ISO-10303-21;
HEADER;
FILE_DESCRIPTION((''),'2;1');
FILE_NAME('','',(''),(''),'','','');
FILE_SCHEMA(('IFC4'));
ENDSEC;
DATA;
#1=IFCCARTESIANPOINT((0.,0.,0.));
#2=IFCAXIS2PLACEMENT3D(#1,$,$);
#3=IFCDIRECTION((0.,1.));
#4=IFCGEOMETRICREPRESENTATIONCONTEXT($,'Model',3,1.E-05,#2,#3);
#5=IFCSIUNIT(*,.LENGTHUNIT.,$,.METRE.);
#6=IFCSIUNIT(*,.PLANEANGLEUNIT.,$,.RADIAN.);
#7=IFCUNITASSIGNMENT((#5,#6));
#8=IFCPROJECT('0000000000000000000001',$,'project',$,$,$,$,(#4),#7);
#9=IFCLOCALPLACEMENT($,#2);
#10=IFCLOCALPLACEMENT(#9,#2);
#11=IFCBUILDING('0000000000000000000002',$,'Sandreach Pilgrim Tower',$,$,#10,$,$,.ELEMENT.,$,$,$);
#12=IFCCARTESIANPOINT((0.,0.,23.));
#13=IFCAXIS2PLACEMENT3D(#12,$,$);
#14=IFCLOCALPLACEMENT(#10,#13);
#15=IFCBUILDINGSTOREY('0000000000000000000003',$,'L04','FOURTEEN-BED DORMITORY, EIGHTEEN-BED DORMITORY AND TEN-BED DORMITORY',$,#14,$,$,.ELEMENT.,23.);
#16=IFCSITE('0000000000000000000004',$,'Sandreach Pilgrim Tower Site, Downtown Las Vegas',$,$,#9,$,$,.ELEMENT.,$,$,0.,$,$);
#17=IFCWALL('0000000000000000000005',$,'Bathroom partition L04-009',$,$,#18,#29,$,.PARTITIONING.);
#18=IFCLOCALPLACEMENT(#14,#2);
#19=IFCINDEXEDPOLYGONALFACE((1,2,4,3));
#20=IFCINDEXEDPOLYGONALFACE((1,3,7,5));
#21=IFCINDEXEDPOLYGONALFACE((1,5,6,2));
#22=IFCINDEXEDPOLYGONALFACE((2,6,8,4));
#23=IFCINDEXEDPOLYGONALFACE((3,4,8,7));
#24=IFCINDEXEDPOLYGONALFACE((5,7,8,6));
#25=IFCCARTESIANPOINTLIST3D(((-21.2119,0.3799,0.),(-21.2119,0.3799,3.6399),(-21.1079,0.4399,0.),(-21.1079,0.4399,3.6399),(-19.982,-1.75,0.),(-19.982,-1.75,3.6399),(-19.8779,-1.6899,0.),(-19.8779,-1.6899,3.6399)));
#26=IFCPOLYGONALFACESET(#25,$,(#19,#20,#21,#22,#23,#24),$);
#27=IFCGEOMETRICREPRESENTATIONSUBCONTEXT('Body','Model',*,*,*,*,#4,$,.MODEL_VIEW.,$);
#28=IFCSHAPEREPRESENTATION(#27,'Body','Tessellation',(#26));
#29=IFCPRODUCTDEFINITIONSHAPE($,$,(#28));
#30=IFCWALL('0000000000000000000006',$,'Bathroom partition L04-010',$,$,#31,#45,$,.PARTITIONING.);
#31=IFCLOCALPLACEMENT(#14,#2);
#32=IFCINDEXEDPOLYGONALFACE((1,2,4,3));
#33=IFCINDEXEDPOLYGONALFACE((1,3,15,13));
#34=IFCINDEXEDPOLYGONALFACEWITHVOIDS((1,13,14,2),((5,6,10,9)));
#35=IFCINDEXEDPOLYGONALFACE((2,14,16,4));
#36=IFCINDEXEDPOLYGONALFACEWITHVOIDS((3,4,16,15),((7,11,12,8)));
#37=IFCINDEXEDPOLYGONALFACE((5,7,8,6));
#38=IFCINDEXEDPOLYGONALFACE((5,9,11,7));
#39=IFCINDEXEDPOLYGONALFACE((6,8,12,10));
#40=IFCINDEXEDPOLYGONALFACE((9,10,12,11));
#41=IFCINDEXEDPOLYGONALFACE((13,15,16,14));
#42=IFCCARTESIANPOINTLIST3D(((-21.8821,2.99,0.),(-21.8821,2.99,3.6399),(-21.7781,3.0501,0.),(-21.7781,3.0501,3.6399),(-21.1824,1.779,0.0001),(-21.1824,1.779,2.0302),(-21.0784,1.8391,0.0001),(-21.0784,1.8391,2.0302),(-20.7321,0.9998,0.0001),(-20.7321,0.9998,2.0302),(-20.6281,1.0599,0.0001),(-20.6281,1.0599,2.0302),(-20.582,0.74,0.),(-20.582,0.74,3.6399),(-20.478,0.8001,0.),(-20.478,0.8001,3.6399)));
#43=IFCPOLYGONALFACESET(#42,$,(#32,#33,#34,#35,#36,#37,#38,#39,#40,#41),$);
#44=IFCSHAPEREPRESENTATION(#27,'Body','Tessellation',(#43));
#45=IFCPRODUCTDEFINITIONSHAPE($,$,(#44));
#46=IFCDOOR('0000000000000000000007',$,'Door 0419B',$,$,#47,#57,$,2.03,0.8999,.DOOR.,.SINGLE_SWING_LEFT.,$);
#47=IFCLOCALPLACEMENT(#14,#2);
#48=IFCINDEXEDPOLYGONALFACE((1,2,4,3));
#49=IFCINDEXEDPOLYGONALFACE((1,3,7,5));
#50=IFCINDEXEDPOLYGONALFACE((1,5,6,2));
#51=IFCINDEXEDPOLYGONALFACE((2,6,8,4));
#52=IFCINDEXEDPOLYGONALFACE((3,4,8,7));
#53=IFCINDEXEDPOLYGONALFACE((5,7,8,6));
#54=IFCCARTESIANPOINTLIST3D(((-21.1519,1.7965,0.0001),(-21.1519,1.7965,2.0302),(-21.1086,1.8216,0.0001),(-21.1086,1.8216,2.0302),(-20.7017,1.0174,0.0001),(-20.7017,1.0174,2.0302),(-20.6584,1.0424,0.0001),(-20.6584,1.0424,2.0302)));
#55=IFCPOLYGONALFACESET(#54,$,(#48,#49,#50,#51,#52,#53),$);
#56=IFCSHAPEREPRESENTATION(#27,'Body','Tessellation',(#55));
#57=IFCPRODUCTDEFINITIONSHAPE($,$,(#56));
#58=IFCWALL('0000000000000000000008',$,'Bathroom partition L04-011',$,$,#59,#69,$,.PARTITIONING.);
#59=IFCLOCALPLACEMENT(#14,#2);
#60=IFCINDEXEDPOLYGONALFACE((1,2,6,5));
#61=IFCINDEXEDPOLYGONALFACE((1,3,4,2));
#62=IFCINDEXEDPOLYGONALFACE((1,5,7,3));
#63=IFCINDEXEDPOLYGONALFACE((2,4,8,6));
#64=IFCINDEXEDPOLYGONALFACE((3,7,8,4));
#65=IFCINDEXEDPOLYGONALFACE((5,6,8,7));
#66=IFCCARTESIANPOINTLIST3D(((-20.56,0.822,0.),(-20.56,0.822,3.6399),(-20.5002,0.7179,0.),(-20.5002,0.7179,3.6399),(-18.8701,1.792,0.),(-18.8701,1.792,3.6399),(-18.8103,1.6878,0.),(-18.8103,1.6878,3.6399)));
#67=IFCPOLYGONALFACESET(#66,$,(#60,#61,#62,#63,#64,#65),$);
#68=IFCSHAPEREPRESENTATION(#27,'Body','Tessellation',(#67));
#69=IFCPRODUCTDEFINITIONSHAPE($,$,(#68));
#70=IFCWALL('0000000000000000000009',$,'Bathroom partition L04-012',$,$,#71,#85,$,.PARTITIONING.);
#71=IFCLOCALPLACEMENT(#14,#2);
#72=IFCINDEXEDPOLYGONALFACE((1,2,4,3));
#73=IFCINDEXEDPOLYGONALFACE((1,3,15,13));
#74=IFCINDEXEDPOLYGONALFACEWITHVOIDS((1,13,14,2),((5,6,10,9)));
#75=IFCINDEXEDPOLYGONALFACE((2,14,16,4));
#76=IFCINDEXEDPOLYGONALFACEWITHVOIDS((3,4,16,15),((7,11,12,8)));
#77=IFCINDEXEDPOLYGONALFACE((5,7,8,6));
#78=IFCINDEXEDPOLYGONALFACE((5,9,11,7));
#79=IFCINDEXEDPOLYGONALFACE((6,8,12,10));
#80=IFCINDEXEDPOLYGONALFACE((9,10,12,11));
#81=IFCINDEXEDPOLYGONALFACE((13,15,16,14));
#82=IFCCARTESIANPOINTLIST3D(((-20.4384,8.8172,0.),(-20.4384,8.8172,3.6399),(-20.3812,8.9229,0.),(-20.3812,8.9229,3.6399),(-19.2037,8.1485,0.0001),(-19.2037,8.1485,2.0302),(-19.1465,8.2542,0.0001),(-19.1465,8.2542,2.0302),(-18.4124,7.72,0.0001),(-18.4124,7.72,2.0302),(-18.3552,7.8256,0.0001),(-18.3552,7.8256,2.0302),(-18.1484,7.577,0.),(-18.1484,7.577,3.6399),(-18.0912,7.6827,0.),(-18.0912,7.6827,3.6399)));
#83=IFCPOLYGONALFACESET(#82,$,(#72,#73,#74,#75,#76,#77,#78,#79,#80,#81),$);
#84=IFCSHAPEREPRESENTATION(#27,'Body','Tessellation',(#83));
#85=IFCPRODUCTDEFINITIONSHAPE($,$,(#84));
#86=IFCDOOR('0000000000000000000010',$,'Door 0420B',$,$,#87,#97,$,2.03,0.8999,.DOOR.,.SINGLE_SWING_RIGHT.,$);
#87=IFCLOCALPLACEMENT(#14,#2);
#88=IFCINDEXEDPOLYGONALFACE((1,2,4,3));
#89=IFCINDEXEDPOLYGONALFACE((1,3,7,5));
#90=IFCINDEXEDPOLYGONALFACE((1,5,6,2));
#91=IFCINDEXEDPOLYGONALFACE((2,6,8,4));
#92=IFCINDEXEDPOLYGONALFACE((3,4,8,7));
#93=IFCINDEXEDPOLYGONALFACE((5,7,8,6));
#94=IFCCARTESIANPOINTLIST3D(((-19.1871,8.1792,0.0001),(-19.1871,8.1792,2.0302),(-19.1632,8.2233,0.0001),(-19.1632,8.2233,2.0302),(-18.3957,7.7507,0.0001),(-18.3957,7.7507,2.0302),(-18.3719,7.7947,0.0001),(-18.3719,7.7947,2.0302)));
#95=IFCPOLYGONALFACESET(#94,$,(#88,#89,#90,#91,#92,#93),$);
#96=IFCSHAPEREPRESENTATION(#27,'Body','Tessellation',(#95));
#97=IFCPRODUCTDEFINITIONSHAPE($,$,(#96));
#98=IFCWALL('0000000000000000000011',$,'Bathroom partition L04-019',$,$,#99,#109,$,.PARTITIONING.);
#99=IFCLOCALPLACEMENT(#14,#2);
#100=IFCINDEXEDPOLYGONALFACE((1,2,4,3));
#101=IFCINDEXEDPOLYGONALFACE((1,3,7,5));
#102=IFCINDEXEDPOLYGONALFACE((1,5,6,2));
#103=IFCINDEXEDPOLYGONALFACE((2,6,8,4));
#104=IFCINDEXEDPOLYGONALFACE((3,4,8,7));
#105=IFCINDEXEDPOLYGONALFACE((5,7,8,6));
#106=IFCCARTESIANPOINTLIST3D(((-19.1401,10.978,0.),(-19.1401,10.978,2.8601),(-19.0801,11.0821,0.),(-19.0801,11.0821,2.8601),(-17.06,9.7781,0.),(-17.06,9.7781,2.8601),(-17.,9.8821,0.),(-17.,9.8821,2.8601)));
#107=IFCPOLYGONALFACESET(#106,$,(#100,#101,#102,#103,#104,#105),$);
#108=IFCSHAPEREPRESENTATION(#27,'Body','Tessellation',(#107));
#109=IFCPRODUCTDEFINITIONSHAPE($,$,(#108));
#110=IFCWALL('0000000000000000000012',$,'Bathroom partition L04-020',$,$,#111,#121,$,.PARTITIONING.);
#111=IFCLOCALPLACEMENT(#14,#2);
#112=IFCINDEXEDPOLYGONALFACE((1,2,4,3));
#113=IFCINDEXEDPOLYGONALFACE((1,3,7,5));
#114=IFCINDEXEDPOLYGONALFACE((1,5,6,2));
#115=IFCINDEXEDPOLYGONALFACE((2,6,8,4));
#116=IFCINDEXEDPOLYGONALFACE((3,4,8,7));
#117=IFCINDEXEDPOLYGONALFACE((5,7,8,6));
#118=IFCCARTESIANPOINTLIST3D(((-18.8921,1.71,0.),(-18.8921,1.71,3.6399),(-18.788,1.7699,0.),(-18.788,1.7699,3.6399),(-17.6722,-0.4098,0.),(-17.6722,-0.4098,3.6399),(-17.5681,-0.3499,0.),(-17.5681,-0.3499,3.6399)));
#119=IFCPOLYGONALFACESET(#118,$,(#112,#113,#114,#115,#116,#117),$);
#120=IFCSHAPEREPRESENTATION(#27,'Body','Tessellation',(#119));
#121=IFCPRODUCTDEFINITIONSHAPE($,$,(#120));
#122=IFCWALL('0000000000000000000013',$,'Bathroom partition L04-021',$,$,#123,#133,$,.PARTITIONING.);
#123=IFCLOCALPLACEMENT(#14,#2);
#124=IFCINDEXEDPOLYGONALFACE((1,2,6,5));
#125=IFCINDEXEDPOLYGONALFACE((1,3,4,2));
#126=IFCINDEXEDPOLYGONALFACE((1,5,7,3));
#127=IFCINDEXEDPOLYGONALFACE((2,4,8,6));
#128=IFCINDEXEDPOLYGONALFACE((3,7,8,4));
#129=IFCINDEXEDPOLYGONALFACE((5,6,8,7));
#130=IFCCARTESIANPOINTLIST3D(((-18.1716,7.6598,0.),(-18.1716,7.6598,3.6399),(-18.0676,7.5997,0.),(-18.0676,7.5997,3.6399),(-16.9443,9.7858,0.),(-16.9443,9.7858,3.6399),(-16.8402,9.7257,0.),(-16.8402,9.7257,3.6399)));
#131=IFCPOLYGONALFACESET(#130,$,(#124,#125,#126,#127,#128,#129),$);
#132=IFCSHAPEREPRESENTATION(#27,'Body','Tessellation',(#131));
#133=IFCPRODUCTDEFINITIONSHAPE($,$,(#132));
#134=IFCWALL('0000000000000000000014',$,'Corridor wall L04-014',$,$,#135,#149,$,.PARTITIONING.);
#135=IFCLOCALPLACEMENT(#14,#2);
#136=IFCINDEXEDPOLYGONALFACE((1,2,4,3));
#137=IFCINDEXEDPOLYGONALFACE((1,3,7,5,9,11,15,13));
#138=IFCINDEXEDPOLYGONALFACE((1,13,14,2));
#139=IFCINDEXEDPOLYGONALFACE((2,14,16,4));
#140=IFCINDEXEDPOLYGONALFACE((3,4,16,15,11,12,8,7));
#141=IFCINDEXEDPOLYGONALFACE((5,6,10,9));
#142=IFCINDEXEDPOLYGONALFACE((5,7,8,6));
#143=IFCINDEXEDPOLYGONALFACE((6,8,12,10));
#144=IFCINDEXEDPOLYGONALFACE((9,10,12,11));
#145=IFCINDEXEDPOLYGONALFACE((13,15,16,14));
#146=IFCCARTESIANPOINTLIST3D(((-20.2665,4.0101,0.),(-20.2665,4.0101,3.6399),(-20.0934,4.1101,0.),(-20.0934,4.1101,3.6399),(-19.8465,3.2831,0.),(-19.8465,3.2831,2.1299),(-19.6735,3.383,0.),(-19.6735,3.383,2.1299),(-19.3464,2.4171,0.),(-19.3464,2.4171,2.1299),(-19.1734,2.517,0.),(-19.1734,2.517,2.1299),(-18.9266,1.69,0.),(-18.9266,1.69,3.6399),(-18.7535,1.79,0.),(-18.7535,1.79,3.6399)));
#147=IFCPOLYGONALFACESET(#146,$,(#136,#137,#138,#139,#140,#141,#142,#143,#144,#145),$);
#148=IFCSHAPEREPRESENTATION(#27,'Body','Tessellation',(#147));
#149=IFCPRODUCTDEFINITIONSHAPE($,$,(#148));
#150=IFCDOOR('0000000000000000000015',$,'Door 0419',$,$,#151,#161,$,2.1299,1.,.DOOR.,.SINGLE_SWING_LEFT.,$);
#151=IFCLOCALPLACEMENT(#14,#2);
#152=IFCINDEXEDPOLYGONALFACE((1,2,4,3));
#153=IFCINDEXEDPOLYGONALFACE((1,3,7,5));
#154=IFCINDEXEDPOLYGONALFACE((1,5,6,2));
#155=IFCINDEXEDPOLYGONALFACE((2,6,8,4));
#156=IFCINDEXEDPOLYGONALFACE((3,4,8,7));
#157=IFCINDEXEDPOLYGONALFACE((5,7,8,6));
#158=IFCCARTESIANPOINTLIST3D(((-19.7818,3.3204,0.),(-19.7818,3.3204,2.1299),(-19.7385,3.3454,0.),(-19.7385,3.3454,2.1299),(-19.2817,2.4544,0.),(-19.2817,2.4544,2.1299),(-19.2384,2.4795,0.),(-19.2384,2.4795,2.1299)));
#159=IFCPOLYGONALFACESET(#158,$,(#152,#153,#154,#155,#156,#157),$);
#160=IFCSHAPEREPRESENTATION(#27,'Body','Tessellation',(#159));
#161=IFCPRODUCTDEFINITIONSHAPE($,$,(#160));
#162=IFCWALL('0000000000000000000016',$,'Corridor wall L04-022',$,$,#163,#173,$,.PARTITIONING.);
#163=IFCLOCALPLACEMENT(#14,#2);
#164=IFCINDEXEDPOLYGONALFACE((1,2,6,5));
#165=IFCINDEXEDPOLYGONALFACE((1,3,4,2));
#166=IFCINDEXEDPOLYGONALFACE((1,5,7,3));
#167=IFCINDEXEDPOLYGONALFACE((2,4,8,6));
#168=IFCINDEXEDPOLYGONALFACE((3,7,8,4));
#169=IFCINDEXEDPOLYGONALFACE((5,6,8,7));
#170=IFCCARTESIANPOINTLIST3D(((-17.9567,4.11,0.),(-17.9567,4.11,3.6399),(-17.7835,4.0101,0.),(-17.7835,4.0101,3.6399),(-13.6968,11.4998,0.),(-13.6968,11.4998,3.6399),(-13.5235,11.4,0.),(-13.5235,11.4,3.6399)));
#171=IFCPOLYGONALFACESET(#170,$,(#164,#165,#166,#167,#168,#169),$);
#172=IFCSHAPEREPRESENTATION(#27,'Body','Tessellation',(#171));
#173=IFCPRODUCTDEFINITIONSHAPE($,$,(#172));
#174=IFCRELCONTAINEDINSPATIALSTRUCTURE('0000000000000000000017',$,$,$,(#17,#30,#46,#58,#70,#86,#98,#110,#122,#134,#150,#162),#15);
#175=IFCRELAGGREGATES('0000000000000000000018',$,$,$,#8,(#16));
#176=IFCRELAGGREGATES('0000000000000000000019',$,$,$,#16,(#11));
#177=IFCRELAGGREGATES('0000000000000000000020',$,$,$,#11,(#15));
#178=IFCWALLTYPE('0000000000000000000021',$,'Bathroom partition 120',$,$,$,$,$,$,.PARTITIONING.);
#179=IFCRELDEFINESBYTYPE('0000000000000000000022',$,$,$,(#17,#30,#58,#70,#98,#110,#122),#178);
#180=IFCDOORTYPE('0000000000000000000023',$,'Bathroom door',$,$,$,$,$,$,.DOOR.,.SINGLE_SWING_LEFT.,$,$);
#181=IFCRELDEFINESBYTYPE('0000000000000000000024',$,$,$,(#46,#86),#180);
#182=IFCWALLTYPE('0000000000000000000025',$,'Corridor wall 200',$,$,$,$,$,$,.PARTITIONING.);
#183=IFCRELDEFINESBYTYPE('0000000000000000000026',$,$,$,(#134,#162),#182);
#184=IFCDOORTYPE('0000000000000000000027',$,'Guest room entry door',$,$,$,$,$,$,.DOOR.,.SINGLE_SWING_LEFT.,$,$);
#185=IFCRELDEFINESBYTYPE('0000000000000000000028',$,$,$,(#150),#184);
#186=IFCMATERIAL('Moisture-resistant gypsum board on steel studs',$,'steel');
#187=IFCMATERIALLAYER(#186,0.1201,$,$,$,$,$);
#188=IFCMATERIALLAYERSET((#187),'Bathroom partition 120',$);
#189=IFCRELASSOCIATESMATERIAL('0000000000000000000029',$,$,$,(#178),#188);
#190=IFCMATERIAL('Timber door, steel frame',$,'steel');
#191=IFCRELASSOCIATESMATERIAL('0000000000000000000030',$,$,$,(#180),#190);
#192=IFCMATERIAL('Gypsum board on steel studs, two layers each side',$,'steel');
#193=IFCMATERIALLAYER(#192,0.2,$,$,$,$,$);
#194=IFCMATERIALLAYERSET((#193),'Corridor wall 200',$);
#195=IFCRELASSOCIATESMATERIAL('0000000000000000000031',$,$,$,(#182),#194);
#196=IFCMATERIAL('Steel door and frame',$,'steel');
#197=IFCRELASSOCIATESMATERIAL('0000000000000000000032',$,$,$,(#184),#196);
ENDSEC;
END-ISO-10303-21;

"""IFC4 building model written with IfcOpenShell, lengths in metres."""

from ifc_helpers import new_model, si_unit, direction, frame, frame_2d, origin, place, context, subcontext, project, spatial, rectangle, extrude, material, layer, layer_set, type_object, element, fill, save


model = new_model("IFC4")

# Units and contexts
model_context = context("Model", 3, precision=1e-05, world=origin(), true_north=direction((0.0, 1.0)))
body_context = subcontext(model_context, "Body", "Model", "MODEL_VIEW")
ifc_project = project(units=[si_unit("LENGTHUNIT", "METRE"), si_unit("PLANEANGLEUNIT", "RADIAN")], contexts=[model_context])

# Site, building, storey
site_placement = place(None, origin())
site = spatial("IfcSite", under=ifc_project, at=site_placement, Name="Sandreach Pilgrim Tower Site, Downtown Las Vegas", CompositionType="ELEMENT", RefElevation=0.0)
building_placement = place(site_placement, origin())
building = spatial("IfcBuilding", under=site, at=building_placement, Name="Sandreach Pilgrim Tower", CompositionType="ELEMENT")
storey_placement = place(building_placement, frame((0.0, 0.0, 23.0)))
storey = spatial("IfcBuildingStorey", under=building, at=storey_placement, Name="L04", Description="FOURTEEN-BED DORMITORY, EIGHTEEN-BED DORMITORY AND TEN-BED DORMITORY", CompositionType="ELEMENT", Elevation=23.0)

# Wall
ifc_material_1 = material(Name="Moisture-resistant gypsum board on steel studs", Category="steel")
ifc_layer_1 = layer(ifc_material_1, 0.1201)
ifc_layer_set_1 = layer_set([ifc_layer_1], Name="Bathroom partition 120")
wall_type_1 = type_object("IfcWallType", Name="Bathroom partition 120", PredefinedType="PARTITIONING", material=ifc_layer_set_1)
wall_1_placement = place(storey_placement, frame((-21.1599, 0.4099, 0.0), z_axis=(0.0, 0.0, 1.0), x_axis=(0.500089, -0.865974, 0.0)))
element("IfcWall", 1, at=wall_1_placement, inside=storey, type_object=wall_type_1, Name="Bathroom partition L04-009", PredefinedType="PARTITIONING", context=body_context, shape_type="SweptSolid", body=[
    extrude(rectangle(XDim=2.4595, YDim=0.1201, at=frame_2d((1.2297, 0.0))), origin(), (0.0, 0.0, 1.0), 3.6399),
])

# Wall, opening, door
wall_2_placement = place(storey_placement, frame((-20.53, 0.77, 0.0), z_axis=(0.0, 0.0, 1.0), x_axis=(-0.500292, 0.865857, 0.0)))
wall_2 = element("IfcWall", 2, at=wall_2_placement, inside=storey, type_object=wall_type_1, Name="Bathroom partition L04-010", PredefinedType="PARTITIONING", context=body_context, shape_type="SweptSolid", body=[
    extrude(rectangle(XDim=2.5986, YDim=0.1201, at=frame_2d((1.2993, 0.0))), origin(), (0.0, 0.0, 1.0), 3.6399),
])
opening_1_placement = place(wall_2_placement, frame((0.3, 0.0, 0.0)))
opening_1 = element("IfcOpeningElement", 3, at=opening_1_placement, cuts=wall_2, PredefinedType="OPENING", context=body_context, shape_type="SweptSolid", body=[
    extrude(rectangle(XDim=0.8999, YDim=2.03, at=frame_2d((0.45, 1.0151))), frame((0.0, 0.0601, 0.0), z_axis=(0.0, -1.0, 0.0), x_axis=(1.0, 0.0, 0.0)), (0.0, 0.0, 1.0), 0.1201),
])
ifc_material_2 = material(Name="Timber door, steel frame", Category="steel")
door_type_1 = type_object("IfcDoorType", Name="Bathroom door", OperationType="SINGLE_SWING_LEFT", PredefinedType="DOOR", material=ifc_material_2)
door_1_placement = place(opening_1_placement, origin())
door_1 = element("IfcDoor", 4, at=door_1_placement, inside=storey, type_object=door_type_1, Name="Door 0419B", OperationType="SINGLE_SWING_LEFT", OverallHeight=2.03, OverallWidth=0.8999, PredefinedType="DOOR", context=body_context, shape_type="SweptSolid", body=[
    extrude(rectangle(XDim=0.8999, YDim=2.03, at=frame_2d((0.45, 1.0151))), frame((0.0, 0.0249, 0.0), z_axis=(0.0, -1.0, 0.0), x_axis=(1.0, 0.0, 0.0)), (0.0, 0.0, 1.0), 0.05),
])
fill(opening_1, door_1)

# Wall
wall_3_placement = place(storey_placement, frame((-20.53, 0.77, 0.0), z_axis=(0.0, 0.0, 1.0), x_axis=(0.867293, 0.497798, 0.0)))
element("IfcWall", 5, at=wall_3_placement, inside=storey, type_object=wall_type_1, Name="Bathroom partition L04-011", PredefinedType="PARTITIONING", context=body_context, shape_type="SweptSolid", body=[
    extrude(rectangle(XDim=1.9485, YDim=0.1201, at=frame_2d((0.9741, 0.0))), origin(), (0.0, 0.0, 1.0), 3.6399),
])

# Wall, opening, door
wall_4_placement = place(storey_placement, frame((-20.4099, 8.8701, 0.0), z_axis=(0.0, 0.0, 1.0), x_axis=(0.879325, -0.476223, 0.0)))
wall_4 = element("IfcWall", 6, at=wall_4_placement, inside=storey, type_object=wall_type_1, Name="Bathroom partition L04-012", PredefinedType="PARTITIONING", context=body_context, shape_type="SweptSolid", body=[
    extrude(rectangle(XDim=2.6042, YDim=0.1201, at=frame_2d((1.3022, 0.0))), origin(), (0.0, 0.0, 1.0), 3.6399),
])
opening_2_placement = place(wall_4_placement, frame((1.4043, 0.0, 0.0)))
opening_2 = element("IfcOpeningElement", 7, at=opening_2_placement, cuts=wall_4, PredefinedType="OPENING", context=body_context, shape_type="SweptSolid", body=[
    extrude(rectangle(XDim=0.8999, YDim=2.03, at=frame_2d((0.45, 1.0151))), frame((0.0, 0.0601, 0.0), z_axis=(0.0, -1.0, 0.0), x_axis=(1.0, 0.0, 0.0)), (0.0, 0.0, 1.0), 0.1201),
])
door_2_placement = place(opening_2_placement, origin())
door_2 = element("IfcDoor", 8, at=door_2_placement, inside=storey, type_object=door_type_1, Name="Door 0420B", OperationType="SINGLE_SWING_RIGHT", OverallHeight=2.03, OverallWidth=0.8999, PredefinedType="DOOR", context=body_context, shape_type="SweptSolid", body=[
    extrude(rectangle(XDim=0.8999, YDim=2.03, at=frame_2d((0.45, 1.0151))), frame((0.0, 0.0249, 0.0), z_axis=(0.0, -1.0, 0.0), x_axis=(1.0, 0.0, 0.0)), (0.0, 0.0, 1.0), 0.05),
])
fill(opening_2, door_2)

# Walls
wall_5_placement = place(storey_placement, frame((-19.1101, 11.03, 0.0), z_axis=(0.0, 0.0, 1.0), x_axis=(0.866203, -0.499693, 0.0)))
element("IfcWall", 9, at=wall_5_placement, inside=storey, type_object=wall_type_1, Name="Bathroom partition L04-019", PredefinedType="PARTITIONING", context=body_context, shape_type="SweptSolid", body=[
    extrude(rectangle(XDim=2.4014, YDim=0.1201, at=frame_2d((1.2007, 0.0))), origin(), (0.0, 0.0, 1.0), 2.8601),
])
wall_6_placement = place(storey_placement, frame((-18.8401, 1.74, 0.0), z_axis=(0.0, 0.0, 1.0), x_axis=(0.498792, -0.866722, 0.0)))
element("IfcWall", 10, at=wall_6_placement, inside=storey, type_object=wall_type_1, Name="Bathroom partition L04-020", PredefinedType="PARTITIONING", context=body_context, shape_type="SweptSolid", body=[
    extrude(rectangle(XDim=2.4458, YDim=0.1201, at=frame_2d((1.2229, 0.0))), origin(), (0.0, 0.0, 1.0), 3.6399),
])
wall_7_placement = place(storey_placement, frame((-18.1196, 7.6296, 0.0), z_axis=(0.0, 0.0, 1.0), x_axis=(0.499958, 0.86605, 0.0)))
element("IfcWall", 11, at=wall_7_placement, inside=storey, type_object=wall_type_1, Name="Bathroom partition L04-021", PredefinedType="PARTITIONING", context=body_context, shape_type="SweptSolid", body=[
    extrude(rectangle(XDim=2.4548, YDim=0.1201, at=frame_2d((1.2275, 0.0))), origin(), (0.0, 0.0, 1.0), 3.6399),
])

# Wall, opening, door
ifc_material_3 = material(Name="Gypsum board on steel studs, two layers each side", Category="steel")
ifc_layer_2 = layer(ifc_material_3, 0.2)
ifc_layer_set_2 = layer_set([ifc_layer_2], Name="Corridor wall 200")
wall_type_2 = type_object("IfcWallType", Name="Corridor wall 200", PredefinedType="PARTITIONING", material=ifc_layer_set_2)
wall_8_placement = place(storey_placement, frame((-20.1799, 4.0601, 0.0), z_axis=(0.0, 0.0, 1.0), x_axis=(0.500098, -0.865969, 0.0)))
wall_8 = element("IfcWall", 12, at=wall_8_placement, inside=storey, type_object=wall_type_2, Name="Corridor wall L04-014", PredefinedType="PARTITIONING", context=body_context, shape_type="SweptSolid", body=[
    extrude(rectangle(XDim=2.6792, YDim=0.2, at=frame_2d((1.3396, 0.0))), origin(), (0.0, 0.0, 1.0), 3.6399),
])
opening_3_placement = place(wall_8_placement, frame((0.8396, 0.0, 0.0)))
opening_3 = element("IfcOpeningElement", 13, at=opening_3_placement, cuts=wall_8, PredefinedType="OPENING", context=body_context, shape_type="SweptSolid", body=[
    extrude(rectangle(XDim=1.0, YDim=2.1299, at=frame_2d((0.5, 1.0649))), frame((0.0, 0.1001, 0.0), z_axis=(0.0, -1.0, 0.0), x_axis=(1.0, 0.0, 0.0)), (0.0, 0.0, 1.0), 0.2),
])
ifc_material_4 = material(Name="Steel door and frame", Category="steel")
door_type_2 = type_object("IfcDoorType", Name="Guest room entry door", OperationType="SINGLE_SWING_LEFT", PredefinedType="DOOR", material=ifc_material_4)
door_3_placement = place(opening_3_placement, origin())
door_3 = element("IfcDoor", 14, at=door_3_placement, inside=storey, type_object=door_type_2, Name="Door 0419", OperationType="SINGLE_SWING_LEFT", OverallHeight=2.1299, OverallWidth=1.0, PredefinedType="DOOR", context=body_context, shape_type="SweptSolid", body=[
    extrude(rectangle(XDim=1.0, YDim=2.1299, at=frame_2d((0.5, 1.0649))), frame((0.0, 0.0249, 0.0), z_axis=(0.0, -1.0, 0.0), x_axis=(1.0, 0.0, 0.0)), (0.0, 0.0, 1.0), 0.05),
])
fill(opening_3, door_3)

# Wall
wall_9_placement = place(storey_placement, frame((-17.8701, 4.0601, 0.0), z_axis=(0.0, 0.0, 1.0), x_axis=(0.499424, 0.866358, 0.0)))
element("IfcWall", 15, at=wall_9_placement, inside=storey, type_object=wall_type_2, Name="Corridor wall L04-022", PredefinedType="PARTITIONING", context=body_context, shape_type="SweptSolid", body=[
    extrude(rectangle(XDim=8.5298, YDim=0.2, at=frame_2d((4.2649, 0.0))), origin(), (0.0, 0.0, 1.0), 3.6399),
])

save(model, "model.ifc")
